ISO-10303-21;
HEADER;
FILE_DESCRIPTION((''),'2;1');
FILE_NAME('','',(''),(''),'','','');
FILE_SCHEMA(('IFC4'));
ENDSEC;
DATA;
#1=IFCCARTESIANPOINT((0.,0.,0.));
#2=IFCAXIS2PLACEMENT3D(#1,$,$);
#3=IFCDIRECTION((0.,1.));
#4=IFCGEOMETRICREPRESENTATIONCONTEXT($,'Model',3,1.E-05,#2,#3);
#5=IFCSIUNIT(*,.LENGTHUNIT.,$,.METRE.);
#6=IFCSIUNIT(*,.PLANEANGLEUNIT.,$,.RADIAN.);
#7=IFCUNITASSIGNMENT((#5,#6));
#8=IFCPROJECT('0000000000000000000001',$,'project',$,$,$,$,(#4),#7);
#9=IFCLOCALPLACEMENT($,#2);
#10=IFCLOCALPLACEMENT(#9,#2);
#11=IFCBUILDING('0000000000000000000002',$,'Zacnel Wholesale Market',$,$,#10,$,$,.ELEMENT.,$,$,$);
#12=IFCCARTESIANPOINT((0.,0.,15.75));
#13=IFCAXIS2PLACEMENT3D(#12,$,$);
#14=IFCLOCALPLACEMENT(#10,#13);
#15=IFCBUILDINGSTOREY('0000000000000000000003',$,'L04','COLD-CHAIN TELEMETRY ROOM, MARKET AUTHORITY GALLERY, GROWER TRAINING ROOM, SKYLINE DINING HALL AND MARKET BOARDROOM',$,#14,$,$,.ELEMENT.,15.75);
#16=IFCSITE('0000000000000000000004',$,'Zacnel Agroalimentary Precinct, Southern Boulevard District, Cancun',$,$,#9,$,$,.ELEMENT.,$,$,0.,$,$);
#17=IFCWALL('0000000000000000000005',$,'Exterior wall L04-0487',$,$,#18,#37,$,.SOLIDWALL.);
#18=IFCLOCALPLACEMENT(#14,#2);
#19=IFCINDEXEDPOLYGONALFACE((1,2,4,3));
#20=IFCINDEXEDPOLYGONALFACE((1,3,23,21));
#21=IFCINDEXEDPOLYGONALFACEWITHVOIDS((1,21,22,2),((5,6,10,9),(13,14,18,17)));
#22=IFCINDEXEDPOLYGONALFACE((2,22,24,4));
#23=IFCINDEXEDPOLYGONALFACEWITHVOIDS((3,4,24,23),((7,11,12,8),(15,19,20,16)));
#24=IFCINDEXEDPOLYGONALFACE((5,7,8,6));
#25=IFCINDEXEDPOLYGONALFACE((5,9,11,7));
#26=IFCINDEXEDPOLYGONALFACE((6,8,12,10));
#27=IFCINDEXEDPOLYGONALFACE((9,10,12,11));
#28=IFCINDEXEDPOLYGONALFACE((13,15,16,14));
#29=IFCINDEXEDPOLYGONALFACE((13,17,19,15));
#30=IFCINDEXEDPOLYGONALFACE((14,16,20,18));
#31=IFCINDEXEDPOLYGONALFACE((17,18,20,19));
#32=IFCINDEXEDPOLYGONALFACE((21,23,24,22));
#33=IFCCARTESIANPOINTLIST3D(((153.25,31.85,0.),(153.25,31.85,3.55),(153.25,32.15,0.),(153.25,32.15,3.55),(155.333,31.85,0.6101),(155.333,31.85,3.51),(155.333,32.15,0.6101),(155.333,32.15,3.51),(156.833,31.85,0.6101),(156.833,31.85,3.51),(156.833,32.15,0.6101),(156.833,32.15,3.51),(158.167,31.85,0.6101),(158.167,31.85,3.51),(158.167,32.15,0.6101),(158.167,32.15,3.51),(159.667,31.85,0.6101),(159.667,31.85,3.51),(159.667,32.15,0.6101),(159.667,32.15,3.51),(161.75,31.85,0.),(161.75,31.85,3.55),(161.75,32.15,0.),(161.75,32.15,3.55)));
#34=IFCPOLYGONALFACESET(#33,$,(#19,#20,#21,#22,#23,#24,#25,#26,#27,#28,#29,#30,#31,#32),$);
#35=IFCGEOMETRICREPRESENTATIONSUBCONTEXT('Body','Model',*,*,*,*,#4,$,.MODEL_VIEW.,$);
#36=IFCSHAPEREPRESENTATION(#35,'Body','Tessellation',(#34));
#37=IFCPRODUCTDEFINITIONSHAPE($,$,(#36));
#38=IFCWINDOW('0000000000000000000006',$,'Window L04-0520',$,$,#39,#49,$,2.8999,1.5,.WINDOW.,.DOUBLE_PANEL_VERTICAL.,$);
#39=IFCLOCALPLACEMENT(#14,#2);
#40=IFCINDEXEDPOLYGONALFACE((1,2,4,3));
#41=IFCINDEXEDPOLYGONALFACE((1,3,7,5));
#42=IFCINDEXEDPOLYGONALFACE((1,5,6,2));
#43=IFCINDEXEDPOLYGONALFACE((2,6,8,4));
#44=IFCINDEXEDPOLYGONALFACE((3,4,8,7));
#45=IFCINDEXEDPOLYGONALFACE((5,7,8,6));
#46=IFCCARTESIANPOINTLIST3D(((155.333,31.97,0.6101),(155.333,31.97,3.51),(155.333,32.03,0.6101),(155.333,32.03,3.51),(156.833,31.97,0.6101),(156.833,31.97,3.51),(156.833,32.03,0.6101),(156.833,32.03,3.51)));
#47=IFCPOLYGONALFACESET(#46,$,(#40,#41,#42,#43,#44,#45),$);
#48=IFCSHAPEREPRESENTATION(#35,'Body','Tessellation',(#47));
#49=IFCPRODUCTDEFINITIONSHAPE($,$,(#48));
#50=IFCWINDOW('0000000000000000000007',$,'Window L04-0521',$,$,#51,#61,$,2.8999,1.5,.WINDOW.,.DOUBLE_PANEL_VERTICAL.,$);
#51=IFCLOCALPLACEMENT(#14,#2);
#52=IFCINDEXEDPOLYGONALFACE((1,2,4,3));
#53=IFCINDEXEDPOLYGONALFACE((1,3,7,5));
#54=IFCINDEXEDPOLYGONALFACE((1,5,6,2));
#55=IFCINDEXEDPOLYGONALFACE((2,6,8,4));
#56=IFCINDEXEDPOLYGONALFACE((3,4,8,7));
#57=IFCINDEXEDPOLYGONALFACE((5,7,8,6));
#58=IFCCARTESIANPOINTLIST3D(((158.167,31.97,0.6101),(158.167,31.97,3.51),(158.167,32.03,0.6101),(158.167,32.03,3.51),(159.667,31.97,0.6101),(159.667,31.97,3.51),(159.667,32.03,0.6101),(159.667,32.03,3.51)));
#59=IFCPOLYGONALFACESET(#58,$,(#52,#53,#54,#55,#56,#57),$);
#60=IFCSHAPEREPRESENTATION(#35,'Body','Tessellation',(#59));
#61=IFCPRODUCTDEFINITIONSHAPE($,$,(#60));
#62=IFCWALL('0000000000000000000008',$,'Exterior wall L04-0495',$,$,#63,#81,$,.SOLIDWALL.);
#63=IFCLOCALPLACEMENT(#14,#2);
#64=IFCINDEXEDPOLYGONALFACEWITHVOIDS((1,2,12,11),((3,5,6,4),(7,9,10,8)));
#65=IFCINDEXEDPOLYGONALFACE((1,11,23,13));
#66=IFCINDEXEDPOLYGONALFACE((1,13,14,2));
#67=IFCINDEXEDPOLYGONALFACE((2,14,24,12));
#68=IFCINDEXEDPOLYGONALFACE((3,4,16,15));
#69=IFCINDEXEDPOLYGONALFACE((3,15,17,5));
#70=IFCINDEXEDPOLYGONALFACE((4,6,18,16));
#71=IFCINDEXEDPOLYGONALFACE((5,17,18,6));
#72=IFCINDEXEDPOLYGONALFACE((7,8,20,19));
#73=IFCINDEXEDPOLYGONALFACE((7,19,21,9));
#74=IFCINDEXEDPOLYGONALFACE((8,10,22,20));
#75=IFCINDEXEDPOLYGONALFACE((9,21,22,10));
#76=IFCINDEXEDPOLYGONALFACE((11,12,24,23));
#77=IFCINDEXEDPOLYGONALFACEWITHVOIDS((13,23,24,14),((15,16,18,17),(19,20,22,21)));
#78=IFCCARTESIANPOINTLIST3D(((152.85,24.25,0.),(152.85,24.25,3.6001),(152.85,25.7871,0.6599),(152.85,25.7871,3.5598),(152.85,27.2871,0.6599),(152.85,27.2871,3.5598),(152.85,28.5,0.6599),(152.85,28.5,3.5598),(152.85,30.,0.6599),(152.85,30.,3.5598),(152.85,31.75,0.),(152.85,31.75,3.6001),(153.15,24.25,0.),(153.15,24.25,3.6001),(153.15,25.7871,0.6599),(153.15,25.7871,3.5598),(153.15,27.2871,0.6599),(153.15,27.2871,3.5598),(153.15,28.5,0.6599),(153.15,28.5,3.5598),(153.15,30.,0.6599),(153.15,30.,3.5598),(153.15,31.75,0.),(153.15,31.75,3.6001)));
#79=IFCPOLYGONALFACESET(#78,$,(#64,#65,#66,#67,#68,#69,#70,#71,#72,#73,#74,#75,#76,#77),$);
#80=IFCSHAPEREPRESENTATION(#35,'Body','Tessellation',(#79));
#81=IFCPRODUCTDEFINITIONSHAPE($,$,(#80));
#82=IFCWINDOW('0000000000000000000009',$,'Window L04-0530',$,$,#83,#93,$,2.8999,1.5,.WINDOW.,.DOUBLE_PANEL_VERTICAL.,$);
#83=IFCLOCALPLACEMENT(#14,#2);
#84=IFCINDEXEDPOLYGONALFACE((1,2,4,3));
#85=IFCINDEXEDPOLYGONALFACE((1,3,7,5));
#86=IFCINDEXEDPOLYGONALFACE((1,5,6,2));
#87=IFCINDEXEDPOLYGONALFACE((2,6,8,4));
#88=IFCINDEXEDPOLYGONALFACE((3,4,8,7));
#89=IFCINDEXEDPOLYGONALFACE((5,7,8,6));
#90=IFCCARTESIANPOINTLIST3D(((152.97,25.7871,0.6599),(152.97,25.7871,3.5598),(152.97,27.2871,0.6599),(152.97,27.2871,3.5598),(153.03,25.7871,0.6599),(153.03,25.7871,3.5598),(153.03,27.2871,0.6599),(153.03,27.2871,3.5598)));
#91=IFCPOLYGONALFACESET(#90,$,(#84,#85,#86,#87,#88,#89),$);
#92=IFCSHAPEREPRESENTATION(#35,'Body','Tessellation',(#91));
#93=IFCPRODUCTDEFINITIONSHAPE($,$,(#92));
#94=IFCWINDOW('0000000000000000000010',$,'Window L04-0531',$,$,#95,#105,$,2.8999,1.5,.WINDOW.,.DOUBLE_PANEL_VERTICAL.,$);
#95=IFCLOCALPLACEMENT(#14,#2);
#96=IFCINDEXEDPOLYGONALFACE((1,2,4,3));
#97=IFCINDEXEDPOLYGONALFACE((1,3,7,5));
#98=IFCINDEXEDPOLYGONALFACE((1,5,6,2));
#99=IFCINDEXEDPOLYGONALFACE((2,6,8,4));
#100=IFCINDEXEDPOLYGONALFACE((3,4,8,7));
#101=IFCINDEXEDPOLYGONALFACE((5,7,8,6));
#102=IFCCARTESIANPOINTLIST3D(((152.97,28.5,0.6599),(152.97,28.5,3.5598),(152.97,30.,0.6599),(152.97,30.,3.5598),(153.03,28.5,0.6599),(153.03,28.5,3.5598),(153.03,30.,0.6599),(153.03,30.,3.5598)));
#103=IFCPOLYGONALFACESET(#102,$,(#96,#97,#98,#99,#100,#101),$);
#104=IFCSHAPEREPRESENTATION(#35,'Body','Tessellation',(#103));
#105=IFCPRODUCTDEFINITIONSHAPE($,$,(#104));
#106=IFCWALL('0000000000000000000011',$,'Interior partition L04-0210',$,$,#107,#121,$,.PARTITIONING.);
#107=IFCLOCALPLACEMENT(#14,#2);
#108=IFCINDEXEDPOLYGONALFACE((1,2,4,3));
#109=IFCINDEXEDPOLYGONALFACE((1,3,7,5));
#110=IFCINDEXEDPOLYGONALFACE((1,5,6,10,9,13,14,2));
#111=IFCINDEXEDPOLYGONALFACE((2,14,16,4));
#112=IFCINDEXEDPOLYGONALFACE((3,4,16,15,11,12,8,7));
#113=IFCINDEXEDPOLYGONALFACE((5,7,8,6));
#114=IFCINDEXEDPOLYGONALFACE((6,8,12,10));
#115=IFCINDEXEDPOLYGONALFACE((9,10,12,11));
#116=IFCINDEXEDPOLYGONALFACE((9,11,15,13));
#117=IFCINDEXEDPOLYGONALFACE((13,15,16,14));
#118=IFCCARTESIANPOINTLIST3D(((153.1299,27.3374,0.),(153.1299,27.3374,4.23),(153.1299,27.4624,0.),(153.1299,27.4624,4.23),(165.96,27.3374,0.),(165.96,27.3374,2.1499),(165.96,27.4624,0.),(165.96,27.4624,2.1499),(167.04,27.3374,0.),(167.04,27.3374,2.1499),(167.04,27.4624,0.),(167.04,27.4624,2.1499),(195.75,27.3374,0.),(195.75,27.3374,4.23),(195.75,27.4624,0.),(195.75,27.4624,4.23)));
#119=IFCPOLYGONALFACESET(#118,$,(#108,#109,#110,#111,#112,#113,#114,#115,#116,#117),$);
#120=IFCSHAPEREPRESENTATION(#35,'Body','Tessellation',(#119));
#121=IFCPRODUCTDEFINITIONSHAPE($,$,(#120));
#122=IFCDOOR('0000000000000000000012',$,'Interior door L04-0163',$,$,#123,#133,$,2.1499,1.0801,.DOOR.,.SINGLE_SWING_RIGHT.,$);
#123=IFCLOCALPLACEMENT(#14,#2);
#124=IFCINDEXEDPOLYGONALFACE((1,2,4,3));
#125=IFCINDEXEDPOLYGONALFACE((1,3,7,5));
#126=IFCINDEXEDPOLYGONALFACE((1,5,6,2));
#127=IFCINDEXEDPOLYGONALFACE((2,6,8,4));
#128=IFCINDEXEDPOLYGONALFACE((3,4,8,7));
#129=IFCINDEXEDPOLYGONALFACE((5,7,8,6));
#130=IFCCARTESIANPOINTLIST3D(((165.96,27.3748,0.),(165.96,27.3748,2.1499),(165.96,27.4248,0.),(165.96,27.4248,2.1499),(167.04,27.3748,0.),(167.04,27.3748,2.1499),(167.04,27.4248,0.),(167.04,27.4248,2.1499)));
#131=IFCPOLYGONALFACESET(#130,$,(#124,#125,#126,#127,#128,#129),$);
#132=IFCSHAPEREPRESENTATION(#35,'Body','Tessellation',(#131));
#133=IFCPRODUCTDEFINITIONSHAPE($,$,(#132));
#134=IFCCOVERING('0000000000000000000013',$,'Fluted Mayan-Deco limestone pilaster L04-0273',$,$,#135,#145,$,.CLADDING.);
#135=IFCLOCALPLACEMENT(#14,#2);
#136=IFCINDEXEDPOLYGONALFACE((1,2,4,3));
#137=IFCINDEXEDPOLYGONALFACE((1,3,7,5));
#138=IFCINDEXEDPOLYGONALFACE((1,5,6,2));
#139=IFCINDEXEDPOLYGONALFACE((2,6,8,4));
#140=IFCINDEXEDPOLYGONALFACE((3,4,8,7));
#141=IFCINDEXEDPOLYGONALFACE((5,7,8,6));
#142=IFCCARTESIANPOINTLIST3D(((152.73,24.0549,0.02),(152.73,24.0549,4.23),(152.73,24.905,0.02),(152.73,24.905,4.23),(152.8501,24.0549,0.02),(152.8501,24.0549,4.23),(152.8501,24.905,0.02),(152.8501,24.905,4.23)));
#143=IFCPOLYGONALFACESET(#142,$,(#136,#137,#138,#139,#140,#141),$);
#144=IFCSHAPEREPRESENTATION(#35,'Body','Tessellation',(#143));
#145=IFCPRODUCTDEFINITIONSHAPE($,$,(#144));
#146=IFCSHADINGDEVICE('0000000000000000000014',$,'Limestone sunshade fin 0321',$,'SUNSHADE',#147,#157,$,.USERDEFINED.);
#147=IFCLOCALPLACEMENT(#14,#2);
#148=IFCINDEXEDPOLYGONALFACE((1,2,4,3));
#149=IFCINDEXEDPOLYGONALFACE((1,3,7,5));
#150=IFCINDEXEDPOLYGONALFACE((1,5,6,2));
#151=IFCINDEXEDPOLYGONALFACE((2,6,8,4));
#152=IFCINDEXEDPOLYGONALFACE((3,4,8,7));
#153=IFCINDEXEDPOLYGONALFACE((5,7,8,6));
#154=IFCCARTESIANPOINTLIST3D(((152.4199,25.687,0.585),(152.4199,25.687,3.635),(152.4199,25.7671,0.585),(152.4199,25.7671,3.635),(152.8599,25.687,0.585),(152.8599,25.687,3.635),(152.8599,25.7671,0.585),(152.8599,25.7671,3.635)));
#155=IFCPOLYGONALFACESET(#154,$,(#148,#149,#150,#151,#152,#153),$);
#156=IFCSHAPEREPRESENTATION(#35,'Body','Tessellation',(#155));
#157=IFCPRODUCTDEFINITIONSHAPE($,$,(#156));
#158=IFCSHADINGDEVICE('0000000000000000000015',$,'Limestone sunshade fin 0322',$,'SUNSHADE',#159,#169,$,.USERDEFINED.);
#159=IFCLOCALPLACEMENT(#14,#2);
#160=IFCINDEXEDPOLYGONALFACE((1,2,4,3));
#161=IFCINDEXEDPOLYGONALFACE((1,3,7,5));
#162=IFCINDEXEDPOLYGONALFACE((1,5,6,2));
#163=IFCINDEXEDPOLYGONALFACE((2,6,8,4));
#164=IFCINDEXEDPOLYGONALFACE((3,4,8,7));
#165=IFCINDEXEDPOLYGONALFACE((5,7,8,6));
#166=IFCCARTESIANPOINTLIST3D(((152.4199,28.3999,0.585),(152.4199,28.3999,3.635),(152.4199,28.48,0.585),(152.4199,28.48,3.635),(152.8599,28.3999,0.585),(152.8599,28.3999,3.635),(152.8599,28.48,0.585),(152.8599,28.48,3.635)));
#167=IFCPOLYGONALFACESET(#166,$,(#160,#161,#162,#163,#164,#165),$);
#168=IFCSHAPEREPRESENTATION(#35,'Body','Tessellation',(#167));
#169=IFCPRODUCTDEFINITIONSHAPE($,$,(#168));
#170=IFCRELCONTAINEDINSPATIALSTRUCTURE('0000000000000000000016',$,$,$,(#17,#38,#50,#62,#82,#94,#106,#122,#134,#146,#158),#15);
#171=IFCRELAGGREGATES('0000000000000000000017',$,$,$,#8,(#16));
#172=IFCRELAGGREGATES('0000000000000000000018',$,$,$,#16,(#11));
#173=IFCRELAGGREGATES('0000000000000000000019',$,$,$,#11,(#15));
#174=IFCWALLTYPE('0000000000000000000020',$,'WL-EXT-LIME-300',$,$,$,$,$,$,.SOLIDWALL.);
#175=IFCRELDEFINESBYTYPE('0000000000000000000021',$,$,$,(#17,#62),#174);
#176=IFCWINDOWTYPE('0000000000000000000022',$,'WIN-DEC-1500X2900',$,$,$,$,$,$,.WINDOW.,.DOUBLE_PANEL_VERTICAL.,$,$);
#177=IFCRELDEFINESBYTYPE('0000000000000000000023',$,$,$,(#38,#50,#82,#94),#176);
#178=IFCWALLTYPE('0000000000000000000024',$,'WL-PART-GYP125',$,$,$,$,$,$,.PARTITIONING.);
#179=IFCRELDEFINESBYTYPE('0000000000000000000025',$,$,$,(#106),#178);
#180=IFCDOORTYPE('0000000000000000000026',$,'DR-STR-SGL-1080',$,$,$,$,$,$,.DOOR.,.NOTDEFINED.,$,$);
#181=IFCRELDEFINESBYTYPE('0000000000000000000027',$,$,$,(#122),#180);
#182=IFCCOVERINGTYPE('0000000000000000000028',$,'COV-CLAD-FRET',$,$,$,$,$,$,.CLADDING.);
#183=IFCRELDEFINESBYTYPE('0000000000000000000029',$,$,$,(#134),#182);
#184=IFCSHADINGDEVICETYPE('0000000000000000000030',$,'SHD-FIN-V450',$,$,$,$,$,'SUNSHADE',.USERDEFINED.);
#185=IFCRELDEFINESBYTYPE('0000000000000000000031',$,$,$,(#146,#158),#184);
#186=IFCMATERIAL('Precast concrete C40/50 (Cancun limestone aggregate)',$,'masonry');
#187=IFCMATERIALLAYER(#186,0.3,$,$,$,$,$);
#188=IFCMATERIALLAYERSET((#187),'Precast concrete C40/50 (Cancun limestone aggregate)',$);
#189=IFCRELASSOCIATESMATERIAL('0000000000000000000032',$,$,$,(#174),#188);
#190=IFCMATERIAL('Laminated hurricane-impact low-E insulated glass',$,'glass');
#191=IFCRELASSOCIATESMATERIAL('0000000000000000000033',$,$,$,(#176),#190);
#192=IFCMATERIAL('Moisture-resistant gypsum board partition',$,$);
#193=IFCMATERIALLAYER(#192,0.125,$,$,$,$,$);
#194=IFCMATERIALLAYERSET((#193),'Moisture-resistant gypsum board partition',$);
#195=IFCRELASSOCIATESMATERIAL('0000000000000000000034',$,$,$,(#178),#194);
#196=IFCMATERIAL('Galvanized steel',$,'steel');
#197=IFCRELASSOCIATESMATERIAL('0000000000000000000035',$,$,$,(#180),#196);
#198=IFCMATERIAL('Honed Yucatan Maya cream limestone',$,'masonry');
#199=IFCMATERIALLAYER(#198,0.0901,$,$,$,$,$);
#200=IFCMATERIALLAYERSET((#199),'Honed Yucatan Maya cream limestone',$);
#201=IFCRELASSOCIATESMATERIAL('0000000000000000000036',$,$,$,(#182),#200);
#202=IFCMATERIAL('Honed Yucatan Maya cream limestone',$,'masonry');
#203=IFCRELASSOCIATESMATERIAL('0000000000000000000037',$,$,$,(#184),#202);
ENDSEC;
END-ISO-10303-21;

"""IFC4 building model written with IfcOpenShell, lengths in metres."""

from ifc_helpers import new_model, si_unit, direction, frame, frame_2d, origin, origin_2d, place, context, subcontext, project, spatial, rectangle, extrude, material, layer, layer_set, type_object, element, fill, save


model = new_model("IFC4")

# Units and contexts
model_context = context("Model", 3, precision=1e-05, world=origin(), true_north=direction((0.0, 1.0)))
body_context = subcontext(model_context, "Body", "Model", "MODEL_VIEW")
ifc_project = project(units=[si_unit("LENGTHUNIT", "METRE"), si_unit("PLANEANGLEUNIT", "RADIAN")], contexts=[model_context])

# Site, building, storey
site_placement = place(None, origin())
site = spatial("IfcSite", under=ifc_project, at=site_placement, Name="Zacnel Agroalimentary Precinct, Southern Boulevard District, Cancun", CompositionType="ELEMENT", RefElevation=0.0)
building_placement = place(site_placement, origin())
building = spatial("IfcBuilding", under=site, at=building_placement, Name="Zacnel Wholesale Market", CompositionType="ELEMENT")
storey_placement = place(building_placement, frame((0.0, 0.0, 15.75)))
storey = spatial("IfcBuildingStorey", under=building, at=storey_placement, Name="L04", Description="COLD-CHAIN TELEMETRY ROOM, MARKET AUTHORITY GALLERY, GROWER TRAINING ROOM, SKYLINE DINING HALL AND MARKET BOARDROOM", CompositionType="ELEMENT", Elevation=15.75)

# Walls, openings, windows
ifc_material_1 = material(Name="Precast concrete C40/50 (Cancun limestone aggregate)", Category="masonry")
ifc_layer_1 = layer(ifc_material_1, 0.3)
ifc_layer_set_1 = layer_set([ifc_layer_1], Name="Precast concrete C40/50 (Cancun limestone aggregate)")
wall_type_1 = type_object("IfcWallType", Name="WL-EXT-LIME-300", PredefinedType="SOLIDWALL", material=ifc_layer_set_1)
wall_1_placement = place(storey_placement, frame((153.25, 32.0, 0.0), z_axis=(0.0, 0.0, 1.0), x_axis=(1.0, 0.0, 0.0)))
wall_1 = element("IfcWall", 1, at=wall_1_placement, inside=storey, type_object=wall_type_1, Name="Exterior wall L04-0487", PredefinedType="SOLIDWALL", context=body_context, shape_type="SweptSolid", body=[
    extrude(rectangle(XDim=8.5, YDim=0.3, at=frame_2d((4.25, 0.0))), origin(), (0.0, 0.0, 1.0), 3.55),
])
opening_1_placement = place(wall_1_placement, frame((2.083, 0.0, 0.6101)))
opening_1 = element("IfcOpeningElement", 2, at=opening_1_placement, cuts=wall_1, PredefinedType="OPENING", context=body_context, shape_type="SweptSolid", body=[
    extrude(rectangle(XDim=1.5, YDim=2.8999, at=frame_2d((0.75, 1.45))), frame((0.0, 0.1599, 0.0), z_axis=(0.0, -1.0, 0.0), x_axis=(1.0, 0.0, 0.0)), (0.0, 0.0, 1.0), 0.3201),
])
opening_2_placement = place(wall_1_placement, frame((4.917, 0.0, 0.6101)))
opening_2 = element("IfcOpeningElement", 3, at=opening_2_placement, cuts=wall_1, PredefinedType="OPENING", context=body_context, shape_type="SweptSolid", body=[
    extrude(rectangle(XDim=1.5, YDim=2.8999, at=frame_2d((0.75, 1.45))), frame((0.0, 0.1599, 0.0), z_axis=(0.0, -1.0, 0.0), x_axis=(1.0, 0.0, 0.0)), (0.0, 0.0, 1.0), 0.3201),
])
ifc_material_2 = material(Name="Laminated hurricane-impact low-E insulated glass", Category="glass")
window_type = type_object("IfcWindowType", Name="WIN-DEC-1500X2900", PartitioningType="DOUBLE_PANEL_VERTICAL", PredefinedType="WINDOW", material=ifc_material_2)
window_1_placement = place(opening_1_placement, origin())
window_1 = element("IfcWindow", 4, at=window_1_placement, inside=storey, type_object=window_type, Name="Window L04-0520", OverallHeight=2.8999, OverallWidth=1.5, PartitioningType="DOUBLE_PANEL_VERTICAL", PredefinedType="WINDOW", context=body_context, shape_type="SweptSolid", body=[
    extrude(rectangle(XDim=1.5, YDim=2.8999, at=frame_2d((0.75, 1.45))), frame((0.0, 0.03, 0.0), z_axis=(0.0, -1.0, 0.0), x_axis=(1.0, 0.0, 0.0)), (0.0, 0.0, 1.0), 0.0601),
])
fill(opening_1, window_1)
window_2_placement = place(opening_2_placement, origin())
window_2 = element("IfcWindow", 5, at=window_2_placement, inside=storey, type_object=window_type, Name="Window L04-0521", OverallHeight=2.8999, OverallWidth=1.5, PartitioningType="DOUBLE_PANEL_VERTICAL", PredefinedType="WINDOW", context=body_context, shape_type="SweptSolid", body=[
    extrude(rectangle(XDim=1.5, YDim=2.8999, at=frame_2d((0.75, 1.45))), frame((0.0, 0.03, 0.0), z_axis=(0.0, -1.0, 0.0), x_axis=(1.0, 0.0, 0.0)), (0.0, 0.0, 1.0), 0.0601),
])
fill(opening_2, window_2)
wall_2_placement = place(storey_placement, frame((153.0, 24.25, 0.0), z_axis=(0.0, 0.0, 1.0), x_axis=(0.0, 1.0, 0.0)))
wall_2 = element("IfcWall", 6, at=wall_2_placement, inside=storey, type_object=wall_type_1, Name="Exterior wall L04-0495", PredefinedType="SOLIDWALL", context=body_context, shape_type="SweptSolid", body=[
    extrude(rectangle(XDim=7.5, YDim=0.3, at=frame_2d((3.75, 0.0))), origin(), (0.0, 0.0, 1.0), 3.6001),
])
opening_3_placement = place(wall_2_placement, frame((1.5371, 0.0, 0.6599)))
opening_3 = element("IfcOpeningElement", 7, at=opening_3_placement, cuts=wall_2, PredefinedType="OPENING", context=body_context, shape_type="SweptSolid", body=[
    extrude(rectangle(XDim=1.5, YDim=2.8999, at=frame_2d((0.75, 1.45))), frame((0.0, 0.1599, 0.0), z_axis=(0.0, -1.0, 0.0), x_axis=(1.0, 0.0, 0.0)), (0.0, 0.0, 1.0), 0.3201),
])
opening_4_placement = place(wall_2_placement, frame((4.25, 0.0, 0.6599)))
opening_4 = element("IfcOpeningElement", 8, at=opening_4_placement, cuts=wall_2, PredefinedType="OPENING", context=body_context, shape_type="SweptSolid", body=[
    extrude(rectangle(XDim=1.5, YDim=2.8999, at=frame_2d((0.75, 1.45))), frame((0.0, 0.1599, 0.0), z_axis=(0.0, -1.0, 0.0), x_axis=(1.0, 0.0, 0.0)), (0.0, 0.0, 1.0), 0.3201),
])
window_3_placement = place(opening_3_placement, origin())
window_3 = element("IfcWindow", 9, at=window_3_placement, inside=storey, type_object=window_type, Name="Window L04-0530", OverallHeight=2.8999, OverallWidth=1.5, PartitioningType="DOUBLE_PANEL_VERTICAL", PredefinedType="WINDOW", context=body_context, shape_type="SweptSolid", body=[
    extrude(rectangle(XDim=1.5, YDim=2.8999, at=frame_2d((0.75, 1.45))), frame((0.0, 0.03, 0.0), z_axis=(0.0, -1.0, 0.0), x_axis=(1.0, 0.0, 0.0)), (0.0, 0.0, 1.0), 0.0601),
])
fill(opening_3, window_3)
window_4_placement = place(opening_4_placement, origin())
window_4 = element("IfcWindow", 10, at=window_4_placement, inside=storey, type_object=window_type, Name="Window L04-0531", OverallHeight=2.8999, OverallWidth=1.5, PartitioningType="DOUBLE_PANEL_VERTICAL", PredefinedType="WINDOW", context=body_context, shape_type="SweptSolid", body=[
    extrude(rectangle(XDim=1.5, YDim=2.8999, at=frame_2d((0.75, 1.45))), frame((0.0, 0.03, 0.0), z_axis=(0.0, -1.0, 0.0), x_axis=(1.0, 0.0, 0.0)), (0.0, 0.0, 1.0), 0.0601),
])
fill(opening_4, window_4)

# Wall, opening, door
ifc_material_3 = material(Name="Moisture-resistant gypsum board partition")
ifc_layer_2 = layer(ifc_material_3, 0.125)
ifc_layer_set_2 = layer_set([ifc_layer_2], Name="Moisture-resistant gypsum board partition")
wall_type_2 = type_object("IfcWallType", Name="WL-PART-GYP125", PredefinedType="PARTITIONING", material=ifc_layer_set_2)
wall_3_placement = place(storey_placement, frame((153.1299, 27.3999, 0.0), z_axis=(0.0, 0.0, 1.0), x_axis=(1.0, 0.0, 0.0)))
wall_3 = element("IfcWall", 11, at=wall_3_placement, inside=storey, type_object=wall_type_2, Name="Interior partition L04-0210", PredefinedType="PARTITIONING", context=body_context, shape_type="SweptSolid", body=[
    extrude(rectangle(XDim=42.6201, YDim=0.125, at=frame_2d((21.3101, 0.0))), origin(), (0.0, 0.0, 1.0), 4.23),
])
opening_5_placement = place(wall_3_placement, frame((12.8301, 0.0, 0.0)))
opening_5 = element("IfcOpeningElement", 12, at=opening_5_placement, cuts=wall_3, PredefinedType="OPENING", context=body_context, shape_type="SweptSolid", body=[
    extrude(rectangle(XDim=1.0801, YDim=2.1499, at=frame_2d((0.54, 1.075))), frame((0.0, 0.0725, 0.0), z_axis=(0.0, -1.0, 0.0), x_axis=(1.0, 0.0, 0.0)), (0.0, 0.0, 1.0), 0.145),
])
ifc_material_4 = material(Name="Galvanized steel", Category="steel")
door_type_1 = type_object("IfcDoorType", Name="DR-STR-SGL-1080", OperationType="NOTDEFINED", PredefinedType="DOOR", material=ifc_material_4)
door_1_placement = place(opening_5_placement, origin())
door_1 = element("IfcDoor", 13, at=door_1_placement, inside=storey, type_object=door_type_1, Name="Interior door L04-0163", OperationType="SINGLE_SWING_RIGHT", OverallHeight=2.1499, OverallWidth=1.0801, PredefinedType="DOOR", context=body_context, shape_type="SweptSolid", body=[
    extrude(rectangle(XDim=1.0801, YDim=2.1499, at=frame_2d((0.54, 1.075))), frame((0.0, 0.0249, 0.0), z_axis=(0.0, -1.0, 0.0), x_axis=(1.0, 0.0, 0.0)), (0.0, 0.0, 1.0), 0.05),
])
fill(opening_5, door_1)

# Covering
ifc_material_5 = material(Name="Honed Yucatan Maya cream limestone", Category="masonry")
ifc_layer_3 = layer(ifc_material_5, 0.0901)
ifc_layer_set_3 = layer_set([ifc_layer_3], Name="Honed Yucatan Maya cream limestone")
covering_type = type_object("IfcCoveringType", Name="COV-CLAD-FRET", PredefinedType="CLADDING", material=ifc_layer_set_3)
covering_placement = place(storey_placement, frame((152.79, 24.48, 0.02), z_axis=(0.0, 0.0, 1.0), x_axis=(0.0, 1.0, 0.0)))
element("IfcCovering", 14, at=covering_placement, inside=storey, type_object=covering_type, Name="Fluted Mayan-Deco limestone pilaster L04-0273", PredefinedType="CLADDING", context=body_context, shape_type="SweptSolid", body=[
    extrude(rectangle(XDim=0.8501, YDim=0.1201, at=origin_2d()), origin(), (0.0, 0.0, 1.0), 4.21),
])

# Shading devices
ifc_material_6 = material(Name="Honed Yucatan Maya cream limestone", Category="masonry")
shading_device_type = type_object("IfcShadingDeviceType", Name="SHD-FIN-V450", ElementType="SUNSHADE", PredefinedType="USERDEFINED", material=ifc_material_6)
for number, where, z_axis, x_axis, name in (
    (15, (152.6399, 25.7271, 0.585), (0.0, 0.0, 1.0), (0.0, 1.0, 0.0), "Limestone sunshade fin 0321"),
    (16, (152.6399, 28.4399, 0.585), (0.0, 0.0, 1.0), (0.0, 1.0, 0.0), "Limestone sunshade fin 0322"),
):
    element("IfcShadingDevice", number, at=place(storey_placement, frame(where, z_axis=z_axis, x_axis=x_axis)), inside=storey, type_object=shading_device_type, Name=name, ObjectType="SUNSHADE", PredefinedType="USERDEFINED", context=body_context, shape_type="SweptSolid", body=[
        extrude(rectangle(XDim=0.0801, YDim=0.4399, at=origin_2d()), origin(), (0.0, 0.0, 1.0), 3.05),
    ])

save(model, "model.ifc")
